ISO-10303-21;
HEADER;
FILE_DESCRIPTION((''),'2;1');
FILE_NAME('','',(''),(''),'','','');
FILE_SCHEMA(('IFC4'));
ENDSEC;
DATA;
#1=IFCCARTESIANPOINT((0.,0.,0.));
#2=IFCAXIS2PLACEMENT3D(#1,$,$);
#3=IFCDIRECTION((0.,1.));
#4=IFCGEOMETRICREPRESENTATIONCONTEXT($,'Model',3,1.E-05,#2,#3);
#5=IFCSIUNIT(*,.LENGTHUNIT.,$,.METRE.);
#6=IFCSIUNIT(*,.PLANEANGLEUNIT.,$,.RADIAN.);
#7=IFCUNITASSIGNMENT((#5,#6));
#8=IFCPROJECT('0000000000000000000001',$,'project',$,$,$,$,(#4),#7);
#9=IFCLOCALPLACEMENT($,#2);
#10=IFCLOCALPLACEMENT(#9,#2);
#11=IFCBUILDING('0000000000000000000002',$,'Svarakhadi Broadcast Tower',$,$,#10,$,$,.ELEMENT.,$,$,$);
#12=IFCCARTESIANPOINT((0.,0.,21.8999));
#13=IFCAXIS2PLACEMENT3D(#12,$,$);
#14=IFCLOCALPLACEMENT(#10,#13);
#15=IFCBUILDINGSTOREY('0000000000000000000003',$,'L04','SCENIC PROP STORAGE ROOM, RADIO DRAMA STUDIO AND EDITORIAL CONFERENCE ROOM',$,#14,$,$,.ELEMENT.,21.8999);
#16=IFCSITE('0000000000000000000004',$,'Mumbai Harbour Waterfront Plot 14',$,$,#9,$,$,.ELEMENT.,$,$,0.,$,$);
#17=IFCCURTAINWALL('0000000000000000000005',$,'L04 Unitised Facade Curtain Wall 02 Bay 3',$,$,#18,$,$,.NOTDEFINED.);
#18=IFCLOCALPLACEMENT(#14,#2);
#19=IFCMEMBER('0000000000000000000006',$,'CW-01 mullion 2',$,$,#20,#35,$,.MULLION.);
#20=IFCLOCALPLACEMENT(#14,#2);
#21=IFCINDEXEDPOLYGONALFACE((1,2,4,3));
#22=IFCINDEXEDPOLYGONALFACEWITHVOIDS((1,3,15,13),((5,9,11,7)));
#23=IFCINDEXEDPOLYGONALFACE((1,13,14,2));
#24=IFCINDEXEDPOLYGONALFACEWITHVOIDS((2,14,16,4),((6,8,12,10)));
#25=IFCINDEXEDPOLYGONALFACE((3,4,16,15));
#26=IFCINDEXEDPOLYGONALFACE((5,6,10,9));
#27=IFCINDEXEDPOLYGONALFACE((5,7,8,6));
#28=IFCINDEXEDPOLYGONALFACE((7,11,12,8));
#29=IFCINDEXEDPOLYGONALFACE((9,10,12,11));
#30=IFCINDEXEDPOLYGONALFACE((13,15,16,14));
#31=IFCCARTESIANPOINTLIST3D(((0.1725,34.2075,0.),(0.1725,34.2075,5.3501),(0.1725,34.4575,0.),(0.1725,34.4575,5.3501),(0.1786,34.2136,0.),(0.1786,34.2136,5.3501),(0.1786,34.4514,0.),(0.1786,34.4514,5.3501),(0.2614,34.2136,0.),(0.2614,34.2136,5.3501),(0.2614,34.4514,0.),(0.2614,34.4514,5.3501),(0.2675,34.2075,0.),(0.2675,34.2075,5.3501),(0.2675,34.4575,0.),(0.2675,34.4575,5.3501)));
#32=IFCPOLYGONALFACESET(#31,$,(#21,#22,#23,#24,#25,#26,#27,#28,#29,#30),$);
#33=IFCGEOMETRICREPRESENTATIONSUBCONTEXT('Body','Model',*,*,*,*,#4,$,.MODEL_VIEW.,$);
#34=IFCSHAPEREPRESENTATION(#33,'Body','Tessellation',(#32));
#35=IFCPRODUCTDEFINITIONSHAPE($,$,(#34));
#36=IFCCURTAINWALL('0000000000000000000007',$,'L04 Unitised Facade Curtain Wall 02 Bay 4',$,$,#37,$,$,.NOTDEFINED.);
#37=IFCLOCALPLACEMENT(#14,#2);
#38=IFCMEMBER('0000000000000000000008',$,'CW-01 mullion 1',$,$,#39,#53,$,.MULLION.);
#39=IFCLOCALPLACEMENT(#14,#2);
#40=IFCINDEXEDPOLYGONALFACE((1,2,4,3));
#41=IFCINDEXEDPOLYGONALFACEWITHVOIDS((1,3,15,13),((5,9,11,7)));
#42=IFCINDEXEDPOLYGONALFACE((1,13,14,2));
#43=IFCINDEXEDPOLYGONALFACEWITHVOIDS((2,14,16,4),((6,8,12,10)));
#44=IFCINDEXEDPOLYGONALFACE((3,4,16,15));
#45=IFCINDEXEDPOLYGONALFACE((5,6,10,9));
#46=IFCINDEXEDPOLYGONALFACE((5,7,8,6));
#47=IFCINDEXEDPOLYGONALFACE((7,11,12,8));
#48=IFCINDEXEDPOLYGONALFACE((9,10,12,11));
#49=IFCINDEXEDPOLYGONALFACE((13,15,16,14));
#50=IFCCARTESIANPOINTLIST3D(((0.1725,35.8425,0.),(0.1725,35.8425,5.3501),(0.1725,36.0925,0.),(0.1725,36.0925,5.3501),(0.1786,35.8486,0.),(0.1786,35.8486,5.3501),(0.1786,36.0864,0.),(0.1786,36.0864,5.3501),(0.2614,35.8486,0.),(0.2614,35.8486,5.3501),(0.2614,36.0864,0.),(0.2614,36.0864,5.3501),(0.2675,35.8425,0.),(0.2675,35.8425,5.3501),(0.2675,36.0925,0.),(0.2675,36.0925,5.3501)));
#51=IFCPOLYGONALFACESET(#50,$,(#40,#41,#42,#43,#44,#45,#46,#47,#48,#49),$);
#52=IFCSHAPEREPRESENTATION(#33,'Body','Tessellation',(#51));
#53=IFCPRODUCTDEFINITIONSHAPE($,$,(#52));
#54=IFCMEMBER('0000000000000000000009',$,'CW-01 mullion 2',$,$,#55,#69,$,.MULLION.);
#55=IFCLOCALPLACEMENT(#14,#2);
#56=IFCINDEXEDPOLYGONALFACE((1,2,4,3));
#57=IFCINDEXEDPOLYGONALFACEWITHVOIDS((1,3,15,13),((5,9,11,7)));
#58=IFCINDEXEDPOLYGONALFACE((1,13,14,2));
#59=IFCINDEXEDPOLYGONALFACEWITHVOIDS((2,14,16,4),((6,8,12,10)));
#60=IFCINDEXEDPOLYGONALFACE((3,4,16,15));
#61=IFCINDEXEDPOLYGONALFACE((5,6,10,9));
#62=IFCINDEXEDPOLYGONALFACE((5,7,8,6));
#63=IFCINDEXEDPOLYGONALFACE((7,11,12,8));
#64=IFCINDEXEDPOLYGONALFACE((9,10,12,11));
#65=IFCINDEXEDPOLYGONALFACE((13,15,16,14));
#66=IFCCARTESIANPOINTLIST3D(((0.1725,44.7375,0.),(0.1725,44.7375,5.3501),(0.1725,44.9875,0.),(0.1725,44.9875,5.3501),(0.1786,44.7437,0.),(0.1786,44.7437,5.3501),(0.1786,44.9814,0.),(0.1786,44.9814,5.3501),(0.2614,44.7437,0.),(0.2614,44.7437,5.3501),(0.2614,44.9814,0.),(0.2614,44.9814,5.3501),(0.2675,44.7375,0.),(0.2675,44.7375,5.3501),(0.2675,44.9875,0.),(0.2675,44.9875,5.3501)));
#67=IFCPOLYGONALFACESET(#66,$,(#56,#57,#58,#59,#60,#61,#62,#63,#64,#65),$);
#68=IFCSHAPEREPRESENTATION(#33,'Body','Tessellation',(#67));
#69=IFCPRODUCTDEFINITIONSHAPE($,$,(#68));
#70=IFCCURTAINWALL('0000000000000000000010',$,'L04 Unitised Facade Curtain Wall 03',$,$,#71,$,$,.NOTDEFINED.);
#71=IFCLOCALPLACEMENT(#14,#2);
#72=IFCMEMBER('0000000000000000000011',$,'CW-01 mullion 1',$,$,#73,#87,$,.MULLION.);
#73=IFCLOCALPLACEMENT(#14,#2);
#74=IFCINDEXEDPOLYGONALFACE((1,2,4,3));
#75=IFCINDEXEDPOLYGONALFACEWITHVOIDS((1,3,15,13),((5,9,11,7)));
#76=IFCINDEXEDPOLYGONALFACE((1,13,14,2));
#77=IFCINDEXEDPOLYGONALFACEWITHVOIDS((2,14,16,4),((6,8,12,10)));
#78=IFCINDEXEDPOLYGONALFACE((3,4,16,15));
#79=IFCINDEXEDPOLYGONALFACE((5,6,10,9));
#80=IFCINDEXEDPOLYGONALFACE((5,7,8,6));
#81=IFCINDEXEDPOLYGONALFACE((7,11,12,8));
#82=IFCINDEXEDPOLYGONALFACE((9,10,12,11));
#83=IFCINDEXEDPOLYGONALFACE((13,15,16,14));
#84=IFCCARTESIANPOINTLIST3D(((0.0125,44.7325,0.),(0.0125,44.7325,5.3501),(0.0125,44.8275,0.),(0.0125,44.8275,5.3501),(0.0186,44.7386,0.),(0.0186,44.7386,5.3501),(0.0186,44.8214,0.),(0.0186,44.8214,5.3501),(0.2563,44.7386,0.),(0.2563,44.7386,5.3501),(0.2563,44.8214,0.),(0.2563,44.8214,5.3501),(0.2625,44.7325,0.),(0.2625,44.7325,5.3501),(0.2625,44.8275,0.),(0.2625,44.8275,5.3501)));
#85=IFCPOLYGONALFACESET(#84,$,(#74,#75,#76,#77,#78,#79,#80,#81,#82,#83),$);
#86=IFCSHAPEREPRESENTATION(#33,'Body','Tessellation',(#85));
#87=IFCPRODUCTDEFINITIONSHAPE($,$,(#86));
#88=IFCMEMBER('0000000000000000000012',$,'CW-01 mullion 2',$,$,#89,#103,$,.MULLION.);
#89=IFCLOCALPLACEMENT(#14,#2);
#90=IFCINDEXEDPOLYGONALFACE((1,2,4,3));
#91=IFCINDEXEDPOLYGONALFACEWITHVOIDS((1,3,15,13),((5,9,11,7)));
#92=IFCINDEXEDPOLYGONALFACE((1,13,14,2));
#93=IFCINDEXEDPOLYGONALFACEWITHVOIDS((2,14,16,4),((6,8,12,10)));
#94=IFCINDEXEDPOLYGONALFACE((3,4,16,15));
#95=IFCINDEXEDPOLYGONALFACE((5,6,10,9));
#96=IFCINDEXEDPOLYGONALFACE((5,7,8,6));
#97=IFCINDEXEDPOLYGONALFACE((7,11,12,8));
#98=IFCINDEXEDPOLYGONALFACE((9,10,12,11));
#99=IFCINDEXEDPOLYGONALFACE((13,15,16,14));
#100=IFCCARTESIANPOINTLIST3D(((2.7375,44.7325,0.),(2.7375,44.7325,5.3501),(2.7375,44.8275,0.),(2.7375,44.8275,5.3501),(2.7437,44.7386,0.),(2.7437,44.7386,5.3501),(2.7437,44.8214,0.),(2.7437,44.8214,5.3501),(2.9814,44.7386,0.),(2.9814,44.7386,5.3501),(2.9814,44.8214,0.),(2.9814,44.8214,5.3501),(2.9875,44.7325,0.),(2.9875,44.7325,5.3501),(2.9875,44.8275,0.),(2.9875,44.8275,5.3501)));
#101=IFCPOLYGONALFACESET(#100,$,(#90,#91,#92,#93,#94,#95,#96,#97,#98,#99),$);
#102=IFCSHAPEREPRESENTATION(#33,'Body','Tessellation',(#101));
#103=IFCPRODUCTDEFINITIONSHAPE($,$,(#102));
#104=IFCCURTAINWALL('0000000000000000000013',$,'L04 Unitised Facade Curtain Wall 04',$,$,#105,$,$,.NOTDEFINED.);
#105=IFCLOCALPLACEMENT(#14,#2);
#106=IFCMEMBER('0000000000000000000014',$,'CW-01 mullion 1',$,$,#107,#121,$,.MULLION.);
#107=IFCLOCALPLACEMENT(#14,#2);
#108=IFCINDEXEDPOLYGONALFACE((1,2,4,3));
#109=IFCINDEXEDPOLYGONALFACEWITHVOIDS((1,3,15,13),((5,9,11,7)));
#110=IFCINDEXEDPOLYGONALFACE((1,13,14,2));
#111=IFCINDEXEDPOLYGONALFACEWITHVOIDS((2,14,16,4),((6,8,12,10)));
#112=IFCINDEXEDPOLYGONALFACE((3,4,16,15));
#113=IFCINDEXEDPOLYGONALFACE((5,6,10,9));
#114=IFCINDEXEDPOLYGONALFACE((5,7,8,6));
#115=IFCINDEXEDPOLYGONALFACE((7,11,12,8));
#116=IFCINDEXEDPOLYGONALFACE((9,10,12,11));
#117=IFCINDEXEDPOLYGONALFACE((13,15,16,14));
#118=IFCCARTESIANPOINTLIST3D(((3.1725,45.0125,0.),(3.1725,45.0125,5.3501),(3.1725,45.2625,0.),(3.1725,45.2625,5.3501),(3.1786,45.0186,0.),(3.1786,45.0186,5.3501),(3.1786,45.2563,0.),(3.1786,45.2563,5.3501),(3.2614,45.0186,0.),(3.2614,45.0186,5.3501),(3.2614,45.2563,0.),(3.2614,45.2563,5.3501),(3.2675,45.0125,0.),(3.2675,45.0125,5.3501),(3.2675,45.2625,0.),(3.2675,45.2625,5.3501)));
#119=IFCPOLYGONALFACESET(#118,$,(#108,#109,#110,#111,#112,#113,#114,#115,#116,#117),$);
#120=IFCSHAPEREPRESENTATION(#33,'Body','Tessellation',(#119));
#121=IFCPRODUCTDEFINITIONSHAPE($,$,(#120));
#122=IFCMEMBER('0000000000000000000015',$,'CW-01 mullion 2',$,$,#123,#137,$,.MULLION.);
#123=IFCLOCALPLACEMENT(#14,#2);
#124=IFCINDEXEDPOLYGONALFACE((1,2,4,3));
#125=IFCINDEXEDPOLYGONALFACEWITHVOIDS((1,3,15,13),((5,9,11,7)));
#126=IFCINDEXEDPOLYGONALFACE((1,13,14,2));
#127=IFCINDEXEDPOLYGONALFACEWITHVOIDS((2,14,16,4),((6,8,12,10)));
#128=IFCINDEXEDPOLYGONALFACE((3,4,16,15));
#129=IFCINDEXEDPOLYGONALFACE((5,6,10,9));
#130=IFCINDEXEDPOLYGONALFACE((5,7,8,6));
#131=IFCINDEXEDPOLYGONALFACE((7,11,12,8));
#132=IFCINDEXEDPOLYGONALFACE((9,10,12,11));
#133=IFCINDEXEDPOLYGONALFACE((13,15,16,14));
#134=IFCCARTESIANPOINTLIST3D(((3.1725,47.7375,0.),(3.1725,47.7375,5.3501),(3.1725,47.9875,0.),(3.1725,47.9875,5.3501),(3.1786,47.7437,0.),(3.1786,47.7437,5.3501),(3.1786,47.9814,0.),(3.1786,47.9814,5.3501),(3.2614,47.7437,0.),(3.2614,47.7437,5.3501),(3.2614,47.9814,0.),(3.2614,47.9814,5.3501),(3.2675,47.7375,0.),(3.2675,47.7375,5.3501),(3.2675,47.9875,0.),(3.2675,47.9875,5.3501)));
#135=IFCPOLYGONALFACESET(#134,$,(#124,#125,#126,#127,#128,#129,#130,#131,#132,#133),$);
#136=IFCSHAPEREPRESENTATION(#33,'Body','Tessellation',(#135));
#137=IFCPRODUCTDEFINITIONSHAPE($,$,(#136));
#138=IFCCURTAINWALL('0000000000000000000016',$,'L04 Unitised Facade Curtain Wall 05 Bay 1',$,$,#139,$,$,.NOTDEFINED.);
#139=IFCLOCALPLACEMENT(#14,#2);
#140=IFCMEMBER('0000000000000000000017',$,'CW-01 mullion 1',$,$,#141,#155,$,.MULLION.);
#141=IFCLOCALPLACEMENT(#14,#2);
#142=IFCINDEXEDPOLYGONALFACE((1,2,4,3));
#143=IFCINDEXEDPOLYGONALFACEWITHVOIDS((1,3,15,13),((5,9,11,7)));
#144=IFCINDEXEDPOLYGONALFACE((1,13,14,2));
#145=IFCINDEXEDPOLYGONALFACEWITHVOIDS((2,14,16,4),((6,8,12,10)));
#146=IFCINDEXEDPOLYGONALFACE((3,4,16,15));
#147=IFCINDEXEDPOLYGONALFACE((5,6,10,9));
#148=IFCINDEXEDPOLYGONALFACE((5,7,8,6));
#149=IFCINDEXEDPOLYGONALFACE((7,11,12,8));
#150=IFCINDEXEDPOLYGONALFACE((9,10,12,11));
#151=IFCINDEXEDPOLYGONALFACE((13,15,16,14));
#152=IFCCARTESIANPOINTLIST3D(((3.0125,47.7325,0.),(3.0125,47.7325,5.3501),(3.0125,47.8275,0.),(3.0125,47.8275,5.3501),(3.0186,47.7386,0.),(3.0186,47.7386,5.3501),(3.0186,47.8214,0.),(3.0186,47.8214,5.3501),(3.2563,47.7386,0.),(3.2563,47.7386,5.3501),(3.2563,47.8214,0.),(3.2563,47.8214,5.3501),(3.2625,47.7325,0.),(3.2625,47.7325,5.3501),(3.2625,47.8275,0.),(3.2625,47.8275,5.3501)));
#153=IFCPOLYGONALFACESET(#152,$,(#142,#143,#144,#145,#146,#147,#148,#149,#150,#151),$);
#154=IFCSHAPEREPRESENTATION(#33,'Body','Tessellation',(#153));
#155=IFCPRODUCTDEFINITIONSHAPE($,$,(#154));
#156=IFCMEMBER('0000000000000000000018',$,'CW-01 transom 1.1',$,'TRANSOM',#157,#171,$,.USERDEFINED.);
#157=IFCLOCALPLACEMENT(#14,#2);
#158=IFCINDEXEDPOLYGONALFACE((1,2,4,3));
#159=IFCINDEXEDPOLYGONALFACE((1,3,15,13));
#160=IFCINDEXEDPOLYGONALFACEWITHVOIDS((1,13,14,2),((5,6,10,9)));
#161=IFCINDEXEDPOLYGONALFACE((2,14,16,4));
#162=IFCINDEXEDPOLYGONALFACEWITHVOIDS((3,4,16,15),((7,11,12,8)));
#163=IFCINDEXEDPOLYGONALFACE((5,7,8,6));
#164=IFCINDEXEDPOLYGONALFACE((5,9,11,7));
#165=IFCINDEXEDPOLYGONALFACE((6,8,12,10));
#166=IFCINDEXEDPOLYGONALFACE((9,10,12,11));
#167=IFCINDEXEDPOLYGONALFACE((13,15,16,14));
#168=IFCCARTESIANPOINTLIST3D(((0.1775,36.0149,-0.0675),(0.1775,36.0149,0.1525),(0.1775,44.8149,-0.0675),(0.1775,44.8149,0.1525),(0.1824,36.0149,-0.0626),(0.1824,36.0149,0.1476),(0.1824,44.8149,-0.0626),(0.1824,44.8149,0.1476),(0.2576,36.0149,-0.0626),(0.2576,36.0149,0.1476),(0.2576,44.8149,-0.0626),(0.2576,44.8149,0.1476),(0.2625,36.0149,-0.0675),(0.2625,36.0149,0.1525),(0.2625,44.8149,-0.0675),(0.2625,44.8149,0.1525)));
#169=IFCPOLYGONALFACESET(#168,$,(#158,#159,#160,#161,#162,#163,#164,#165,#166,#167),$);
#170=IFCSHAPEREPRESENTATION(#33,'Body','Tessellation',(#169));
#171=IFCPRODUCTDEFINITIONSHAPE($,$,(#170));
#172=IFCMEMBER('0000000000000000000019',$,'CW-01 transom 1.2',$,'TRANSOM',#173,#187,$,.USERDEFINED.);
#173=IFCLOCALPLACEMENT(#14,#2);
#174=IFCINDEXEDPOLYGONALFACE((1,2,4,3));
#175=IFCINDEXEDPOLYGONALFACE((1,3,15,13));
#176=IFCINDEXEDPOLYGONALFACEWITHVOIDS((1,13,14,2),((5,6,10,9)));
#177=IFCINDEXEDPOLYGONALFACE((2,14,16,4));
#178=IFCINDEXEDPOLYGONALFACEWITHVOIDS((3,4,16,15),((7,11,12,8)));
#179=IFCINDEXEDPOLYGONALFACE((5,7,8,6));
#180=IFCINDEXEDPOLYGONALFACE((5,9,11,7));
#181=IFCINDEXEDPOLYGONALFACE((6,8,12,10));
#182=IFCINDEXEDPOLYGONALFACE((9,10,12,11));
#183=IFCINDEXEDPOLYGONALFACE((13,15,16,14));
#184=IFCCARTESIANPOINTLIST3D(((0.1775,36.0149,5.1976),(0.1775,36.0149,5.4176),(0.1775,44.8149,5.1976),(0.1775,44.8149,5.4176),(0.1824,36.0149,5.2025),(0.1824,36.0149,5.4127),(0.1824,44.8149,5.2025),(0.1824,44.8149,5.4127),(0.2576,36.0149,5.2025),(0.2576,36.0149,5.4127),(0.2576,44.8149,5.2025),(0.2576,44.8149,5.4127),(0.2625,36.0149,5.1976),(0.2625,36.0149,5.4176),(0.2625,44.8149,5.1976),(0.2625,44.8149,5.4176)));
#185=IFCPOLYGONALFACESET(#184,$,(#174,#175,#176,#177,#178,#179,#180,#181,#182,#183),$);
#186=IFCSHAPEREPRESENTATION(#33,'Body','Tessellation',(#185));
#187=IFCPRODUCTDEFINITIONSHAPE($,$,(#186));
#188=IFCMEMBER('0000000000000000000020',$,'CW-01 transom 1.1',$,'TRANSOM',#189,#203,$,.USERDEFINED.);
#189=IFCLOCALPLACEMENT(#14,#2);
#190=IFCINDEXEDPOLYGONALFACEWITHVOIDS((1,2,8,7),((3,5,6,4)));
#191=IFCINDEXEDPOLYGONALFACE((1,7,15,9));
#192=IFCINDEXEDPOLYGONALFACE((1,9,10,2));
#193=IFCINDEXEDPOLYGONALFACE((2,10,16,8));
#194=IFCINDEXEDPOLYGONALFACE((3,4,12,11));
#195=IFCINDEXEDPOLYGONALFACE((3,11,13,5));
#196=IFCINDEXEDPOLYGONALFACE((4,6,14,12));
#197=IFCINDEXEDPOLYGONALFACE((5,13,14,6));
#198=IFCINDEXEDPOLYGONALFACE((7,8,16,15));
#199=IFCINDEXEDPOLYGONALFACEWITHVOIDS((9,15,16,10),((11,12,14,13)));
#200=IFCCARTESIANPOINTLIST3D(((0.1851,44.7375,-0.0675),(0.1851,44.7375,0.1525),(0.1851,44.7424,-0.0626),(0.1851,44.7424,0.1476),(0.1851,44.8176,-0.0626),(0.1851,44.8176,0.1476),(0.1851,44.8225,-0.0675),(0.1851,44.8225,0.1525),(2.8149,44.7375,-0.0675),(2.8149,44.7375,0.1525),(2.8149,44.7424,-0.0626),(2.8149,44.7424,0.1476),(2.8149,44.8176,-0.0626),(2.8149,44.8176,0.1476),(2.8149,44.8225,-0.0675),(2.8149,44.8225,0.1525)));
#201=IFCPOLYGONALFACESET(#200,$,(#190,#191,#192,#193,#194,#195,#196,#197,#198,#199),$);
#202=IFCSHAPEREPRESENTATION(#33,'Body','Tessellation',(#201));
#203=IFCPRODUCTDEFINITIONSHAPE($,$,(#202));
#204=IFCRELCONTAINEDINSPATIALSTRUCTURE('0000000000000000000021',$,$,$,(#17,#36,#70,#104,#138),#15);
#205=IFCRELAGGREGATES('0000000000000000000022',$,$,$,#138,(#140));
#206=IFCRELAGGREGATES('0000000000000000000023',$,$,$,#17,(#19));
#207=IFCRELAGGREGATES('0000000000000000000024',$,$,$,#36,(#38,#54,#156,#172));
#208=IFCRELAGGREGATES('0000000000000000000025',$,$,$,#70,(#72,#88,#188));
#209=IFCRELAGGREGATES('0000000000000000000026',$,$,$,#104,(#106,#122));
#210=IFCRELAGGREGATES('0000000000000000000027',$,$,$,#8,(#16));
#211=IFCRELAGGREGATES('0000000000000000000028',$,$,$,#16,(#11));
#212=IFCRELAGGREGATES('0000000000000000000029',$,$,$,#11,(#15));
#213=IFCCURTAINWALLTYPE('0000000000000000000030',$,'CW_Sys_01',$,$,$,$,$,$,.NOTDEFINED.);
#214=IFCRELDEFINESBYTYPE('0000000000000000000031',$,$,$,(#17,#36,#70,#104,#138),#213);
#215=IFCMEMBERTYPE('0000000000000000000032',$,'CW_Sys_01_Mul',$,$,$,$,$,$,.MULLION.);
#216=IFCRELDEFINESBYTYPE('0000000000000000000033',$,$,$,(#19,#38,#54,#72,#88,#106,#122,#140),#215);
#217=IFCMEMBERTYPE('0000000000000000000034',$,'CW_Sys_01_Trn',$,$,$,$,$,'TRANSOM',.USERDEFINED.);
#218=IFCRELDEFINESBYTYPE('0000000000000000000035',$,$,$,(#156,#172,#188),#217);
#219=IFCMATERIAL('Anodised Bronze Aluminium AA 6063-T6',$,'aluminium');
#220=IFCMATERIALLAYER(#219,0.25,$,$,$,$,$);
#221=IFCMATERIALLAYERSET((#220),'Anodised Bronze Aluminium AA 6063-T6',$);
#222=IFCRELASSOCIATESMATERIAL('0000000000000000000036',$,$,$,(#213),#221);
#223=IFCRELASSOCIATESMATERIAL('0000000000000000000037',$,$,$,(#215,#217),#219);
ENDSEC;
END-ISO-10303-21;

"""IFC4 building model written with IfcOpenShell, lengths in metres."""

from ifc_helpers import new_model, si_unit, direction, frame, origin, origin_2d, place, context, subcontext, project, spatial, hollow_rectangle, extrude, material, layer, layer_set, material_profile, profile_set, type_object, element, aggregate, save


model = new_model("IFC4")

# Units and contexts
model_context = context("Model", 3, precision=1e-05, world=origin(), true_north=direction((0.0, 1.0)))
body_context = subcontext(model_context, "Body", "Model", "MODEL_VIEW")
ifc_project = project(units=[si_unit("LENGTHUNIT", "METRE"), si_unit("PLANEANGLEUNIT", "RADIAN")], contexts=[model_context])

# Site, building, storey
site_placement = place(None, origin())
site = spatial("IfcSite", under=ifc_project, at=site_placement, Name="Mumbai Harbour Waterfront Plot 14", CompositionType="ELEMENT", RefElevation=0.0)
building_placement = place(site_placement, origin())
building = spatial("IfcBuilding", under=site, at=building_placement, Name="Svarakhadi Broadcast Tower", CompositionType="ELEMENT")
storey_placement = place(building_placement, frame((0.0, 0.0, 21.8999)))
storey = spatial("IfcBuildingStorey", under=building, at=storey_placement, Name="L04", Description="SCENIC PROP STORAGE ROOM, RADIO DRAMA STUDIO AND EDITORIAL CONFERENCE ROOM", CompositionType="ELEMENT", Elevation=21.8999)

# Curtain wall, member
ifc_material_1 = material(Name="Anodised Bronze Aluminium AA 6063-T6", Category="aluminium")
ifc_layer_1 = layer(ifc_material_1, 0.25)
ifc_layer_set_1 = layer_set([ifc_layer_1], Name="Anodised Bronze Aluminium AA 6063-T6")
curtain_wall_type = type_object("IfcCurtainWallType", Name="CW_Sys_01", PredefinedType="NOTDEFINED", material=ifc_layer_set_1)
curtain_wall_1_placement = place(storey_placement, origin())
curtain_wall_1 = element("IfcCurtainWall", 1, at=curtain_wall_1_placement, inside=storey, type_object=curtain_wall_type, Name="L04 Unitised Facade Curtain Wall 02 Bay 3", PredefinedType="NOTDEFINED")
ifc_material_profile_1 = material_profile(ifc_material_1, hollow_rectangle(XDim=0.095, YDim=0.25, WallThickness=0.0061, at=origin_2d()), Name="ALU MULLION 250x95x6")
ifc_profile_set_1 = profile_set([ifc_material_profile_1], Name="Anodised Bronze Aluminium AA 6063-T6")
member_type_1 = type_object("IfcMemberType", Name="CW_Sys_01_Mul", PredefinedType="MULLION", material=ifc_profile_set_1)
member_1_placement = place(storey_placement, frame((0.22, 34.3325, 0.0), z_axis=(0.0, 0.0, 1.0), x_axis=(-1.0, 0.0, 0.0)))
member_1 = element("IfcMember", 2, at=member_1_placement, type_object=member_type_1, Name="CW-01 mullion 2", PredefinedType="MULLION", context=body_context, shape_type="SweptSolid", body=[
    extrude(hollow_rectangle(XDim=0.095, YDim=0.25, WallThickness=0.0061, at=origin_2d()), origin(), (0.0, 0.0, 1.0), 5.3501),
])

# Curtain walls, members
curtain_wall_2_placement = place(storey_placement, origin())
curtain_wall_2 = element("IfcCurtainWall", 3, at=curtain_wall_2_placement, inside=storey, type_object=curtain_wall_type, Name="L04 Unitised Facade Curtain Wall 02 Bay 4", PredefinedType="NOTDEFINED")
member_2_placement = place(storey_placement, frame((0.22, 35.9675, 0.0), z_axis=(0.0, 0.0, 1.0), x_axis=(-1.0, 0.0, 0.0)))
member_2 = element("IfcMember", 4, at=member_2_placement, type_object=member_type_1, Name="CW-01 mullion 1", PredefinedType="MULLION", context=body_context, shape_type="SweptSolid", body=[
    extrude(hollow_rectangle(XDim=0.095, YDim=0.25, WallThickness=0.0061, at=origin_2d()), origin(), (0.0, 0.0, 1.0), 5.3501),
])
member_3_placement = place(storey_placement, frame((0.22, 44.8625, 0.0), z_axis=(0.0, 0.0, 1.0), x_axis=(-1.0, 0.0, 0.0)))
member_3 = element("IfcMember", 5, at=member_3_placement, type_object=member_type_1, Name="CW-01 mullion 2", PredefinedType="MULLION", context=body_context, shape_type="SweptSolid", body=[
    extrude(hollow_rectangle(XDim=0.095, YDim=0.25, WallThickness=0.0061, at=origin_2d()), origin(), (0.0, 0.0, 1.0), 5.3501),
])
curtain_wall_3_placement = place(storey_placement, origin())
curtain_wall_3 = element("IfcCurtainWall", 6, at=curtain_wall_3_placement, inside=storey, type_object=curtain_wall_type, Name="L04 Unitised Facade Curtain Wall 03", PredefinedType="NOTDEFINED")
member_4_placement = place(storey_placement, frame((0.1375, 44.78, 0.0), z_axis=(0.0, 0.0, 1.0), x_axis=(0.0, 1.0, 0.0)))
member_4 = element("IfcMember", 7, at=member_4_placement, type_object=member_type_1, Name="CW-01 mullion 1", PredefinedType="MULLION", context=body_context, shape_type="SweptSolid", body=[
    extrude(hollow_rectangle(XDim=0.095, YDim=0.25, WallThickness=0.0061, at=origin_2d()), origin(), (0.0, 0.0, 1.0), 5.3501),
])
member_5_placement = place(storey_placement, frame((2.8625, 44.78, 0.0), z_axis=(0.0, 0.0, 1.0), x_axis=(0.0, 1.0, 0.0)))
member_5 = element("IfcMember", 8, at=member_5_placement, type_object=member_type_1, Name="CW-01 mullion 2", PredefinedType="MULLION", context=body_context, shape_type="SweptSolid", body=[
    extrude(hollow_rectangle(XDim=0.095, YDim=0.25, WallThickness=0.0061, at=origin_2d()), origin(), (0.0, 0.0, 1.0), 5.3501),
])
curtain_wall_4_placement = place(storey_placement, origin())
curtain_wall_4 = element("IfcCurtainWall", 9, at=curtain_wall_4_placement, inside=storey, type_object=curtain_wall_type, Name="L04 Unitised Facade Curtain Wall 04", PredefinedType="NOTDEFINED")
member_6_placement = place(storey_placement, frame((3.22, 45.1375, 0.0), z_axis=(0.0, 0.0, 1.0), x_axis=(-1.0, 0.0, 0.0)))
member_6 = element("IfcMember", 10, at=member_6_placement, type_object=member_type_1, Name="CW-01 mullion 1", PredefinedType="MULLION", context=body_context, shape_type="SweptSolid", body=[
    extrude(hollow_rectangle(XDim=0.095, YDim=0.25, WallThickness=0.0061, at=origin_2d()), origin(), (0.0, 0.0, 1.0), 5.3501),
])
member_7_placement = place(storey_placement, frame((3.22, 47.8625, 0.0), z_axis=(0.0, 0.0, 1.0), x_axis=(-1.0, 0.0, 0.0)))
member_7 = element("IfcMember", 11, at=member_7_placement, type_object=member_type_1, Name="CW-01 mullion 2", PredefinedType="MULLION", context=body_context, shape_type="SweptSolid", body=[
    extrude(hollow_rectangle(XDim=0.095, YDim=0.25, WallThickness=0.0061, at=origin_2d()), origin(), (0.0, 0.0, 1.0), 5.3501),
])

# Curtain wall, member
curtain_wall_5_placement = place(storey_placement, origin())
curtain_wall_5 = element("IfcCurtainWall", 12, at=curtain_wall_5_placement, inside=storey, type_object=curtain_wall_type, Name="L04 Unitised Facade Curtain Wall 05 Bay 1", PredefinedType="NOTDEFINED")
member_8_placement = place(storey_placement, frame((3.1375, 47.78, 0.0), z_axis=(0.0, 0.0, 1.0), x_axis=(0.0, 1.0, 0.0)))
member_8 = element("IfcMember", 13, at=member_8_placement, type_object=member_type_1, Name="CW-01 mullion 1", PredefinedType="MULLION", context=body_context, shape_type="SweptSolid", body=[
    extrude(hollow_rectangle(XDim=0.095, YDim=0.25, WallThickness=0.0061, at=origin_2d()), origin(), (0.0, 0.0, 1.0), 5.3501),
])

# Members
ifc_material_profile_2 = material_profile(ifc_material_1, hollow_rectangle(XDim=0.085, YDim=0.22, WallThickness=0.0049, at=origin_2d()), Name="ALU TRANSOM 220x85x5")
ifc_profile_set_2 = profile_set([ifc_material_profile_2], Name="Anodised Bronze Aluminium AA 6063-T6")
member_type_2 = type_object("IfcMemberType", Name="CW_Sys_01_Trn", ElementType="TRANSOM", PredefinedType="USERDEFINED", material=ifc_profile_set_2)
member_9_placement = place(storey_placement, frame((0.22, 36.0149, 0.0425), z_axis=(0.0, 1.0, 0.0), x_axis=(-1.0, 0.0, 0.0)))
member_9 = element("IfcMember", 14, at=member_9_placement, type_object=member_type_2, Name="CW-01 transom 1.1", ObjectType="TRANSOM", PredefinedType="USERDEFINED", context=body_context, shape_type="SweptSolid", body=[
    extrude(hollow_rectangle(XDim=0.085, YDim=0.22, WallThickness=0.0049, at=origin_2d()), origin(), (0.0, 0.0, 1.0), 8.8),
])
member_10_placement = place(storey_placement, frame((0.22, 36.0149, 5.3076), z_axis=(0.0, 1.0, 0.0), x_axis=(-1.0, 0.0, 0.0)))
member_10 = element("IfcMember", 15, at=member_10_placement, type_object=member_type_2, Name="CW-01 transom 1.2", ObjectType="TRANSOM", PredefinedType="USERDEFINED", context=body_context, shape_type="SweptSolid", body=[
    extrude(hollow_rectangle(XDim=0.085, YDim=0.22, WallThickness=0.0049, at=origin_2d()), origin(), (0.0, 0.0, 1.0), 8.8),
])
member_11_placement = place(storey_placement, frame((0.1851, 44.78, 0.0425), z_axis=(1.0, 0.0, 0.0), x_axis=(0.0, 1.0, 0.0)))
member_11 = element("IfcMember", 16, at=member_11_placement, type_object=member_type_2, Name="CW-01 transom 1.1", ObjectType="TRANSOM", PredefinedType="USERDEFINED", context=body_context, shape_type="SweptSolid", body=[
    extrude(hollow_rectangle(XDim=0.085, YDim=0.22, WallThickness=0.0049, at=origin_2d()), origin(), (0.0, 0.0, 1.0), 2.6299),
])
aggregate(curtain_wall_5, [member_8])

aggregate(curtain_wall_1, [member_1])
aggregate(curtain_wall_2, [member_2, member_3, member_9, member_10])
aggregate(curtain_wall_3, [member_4, member_5, member_11])
aggregate(curtain_wall_4, [member_6, member_7])

save(model, "model.ifc")
